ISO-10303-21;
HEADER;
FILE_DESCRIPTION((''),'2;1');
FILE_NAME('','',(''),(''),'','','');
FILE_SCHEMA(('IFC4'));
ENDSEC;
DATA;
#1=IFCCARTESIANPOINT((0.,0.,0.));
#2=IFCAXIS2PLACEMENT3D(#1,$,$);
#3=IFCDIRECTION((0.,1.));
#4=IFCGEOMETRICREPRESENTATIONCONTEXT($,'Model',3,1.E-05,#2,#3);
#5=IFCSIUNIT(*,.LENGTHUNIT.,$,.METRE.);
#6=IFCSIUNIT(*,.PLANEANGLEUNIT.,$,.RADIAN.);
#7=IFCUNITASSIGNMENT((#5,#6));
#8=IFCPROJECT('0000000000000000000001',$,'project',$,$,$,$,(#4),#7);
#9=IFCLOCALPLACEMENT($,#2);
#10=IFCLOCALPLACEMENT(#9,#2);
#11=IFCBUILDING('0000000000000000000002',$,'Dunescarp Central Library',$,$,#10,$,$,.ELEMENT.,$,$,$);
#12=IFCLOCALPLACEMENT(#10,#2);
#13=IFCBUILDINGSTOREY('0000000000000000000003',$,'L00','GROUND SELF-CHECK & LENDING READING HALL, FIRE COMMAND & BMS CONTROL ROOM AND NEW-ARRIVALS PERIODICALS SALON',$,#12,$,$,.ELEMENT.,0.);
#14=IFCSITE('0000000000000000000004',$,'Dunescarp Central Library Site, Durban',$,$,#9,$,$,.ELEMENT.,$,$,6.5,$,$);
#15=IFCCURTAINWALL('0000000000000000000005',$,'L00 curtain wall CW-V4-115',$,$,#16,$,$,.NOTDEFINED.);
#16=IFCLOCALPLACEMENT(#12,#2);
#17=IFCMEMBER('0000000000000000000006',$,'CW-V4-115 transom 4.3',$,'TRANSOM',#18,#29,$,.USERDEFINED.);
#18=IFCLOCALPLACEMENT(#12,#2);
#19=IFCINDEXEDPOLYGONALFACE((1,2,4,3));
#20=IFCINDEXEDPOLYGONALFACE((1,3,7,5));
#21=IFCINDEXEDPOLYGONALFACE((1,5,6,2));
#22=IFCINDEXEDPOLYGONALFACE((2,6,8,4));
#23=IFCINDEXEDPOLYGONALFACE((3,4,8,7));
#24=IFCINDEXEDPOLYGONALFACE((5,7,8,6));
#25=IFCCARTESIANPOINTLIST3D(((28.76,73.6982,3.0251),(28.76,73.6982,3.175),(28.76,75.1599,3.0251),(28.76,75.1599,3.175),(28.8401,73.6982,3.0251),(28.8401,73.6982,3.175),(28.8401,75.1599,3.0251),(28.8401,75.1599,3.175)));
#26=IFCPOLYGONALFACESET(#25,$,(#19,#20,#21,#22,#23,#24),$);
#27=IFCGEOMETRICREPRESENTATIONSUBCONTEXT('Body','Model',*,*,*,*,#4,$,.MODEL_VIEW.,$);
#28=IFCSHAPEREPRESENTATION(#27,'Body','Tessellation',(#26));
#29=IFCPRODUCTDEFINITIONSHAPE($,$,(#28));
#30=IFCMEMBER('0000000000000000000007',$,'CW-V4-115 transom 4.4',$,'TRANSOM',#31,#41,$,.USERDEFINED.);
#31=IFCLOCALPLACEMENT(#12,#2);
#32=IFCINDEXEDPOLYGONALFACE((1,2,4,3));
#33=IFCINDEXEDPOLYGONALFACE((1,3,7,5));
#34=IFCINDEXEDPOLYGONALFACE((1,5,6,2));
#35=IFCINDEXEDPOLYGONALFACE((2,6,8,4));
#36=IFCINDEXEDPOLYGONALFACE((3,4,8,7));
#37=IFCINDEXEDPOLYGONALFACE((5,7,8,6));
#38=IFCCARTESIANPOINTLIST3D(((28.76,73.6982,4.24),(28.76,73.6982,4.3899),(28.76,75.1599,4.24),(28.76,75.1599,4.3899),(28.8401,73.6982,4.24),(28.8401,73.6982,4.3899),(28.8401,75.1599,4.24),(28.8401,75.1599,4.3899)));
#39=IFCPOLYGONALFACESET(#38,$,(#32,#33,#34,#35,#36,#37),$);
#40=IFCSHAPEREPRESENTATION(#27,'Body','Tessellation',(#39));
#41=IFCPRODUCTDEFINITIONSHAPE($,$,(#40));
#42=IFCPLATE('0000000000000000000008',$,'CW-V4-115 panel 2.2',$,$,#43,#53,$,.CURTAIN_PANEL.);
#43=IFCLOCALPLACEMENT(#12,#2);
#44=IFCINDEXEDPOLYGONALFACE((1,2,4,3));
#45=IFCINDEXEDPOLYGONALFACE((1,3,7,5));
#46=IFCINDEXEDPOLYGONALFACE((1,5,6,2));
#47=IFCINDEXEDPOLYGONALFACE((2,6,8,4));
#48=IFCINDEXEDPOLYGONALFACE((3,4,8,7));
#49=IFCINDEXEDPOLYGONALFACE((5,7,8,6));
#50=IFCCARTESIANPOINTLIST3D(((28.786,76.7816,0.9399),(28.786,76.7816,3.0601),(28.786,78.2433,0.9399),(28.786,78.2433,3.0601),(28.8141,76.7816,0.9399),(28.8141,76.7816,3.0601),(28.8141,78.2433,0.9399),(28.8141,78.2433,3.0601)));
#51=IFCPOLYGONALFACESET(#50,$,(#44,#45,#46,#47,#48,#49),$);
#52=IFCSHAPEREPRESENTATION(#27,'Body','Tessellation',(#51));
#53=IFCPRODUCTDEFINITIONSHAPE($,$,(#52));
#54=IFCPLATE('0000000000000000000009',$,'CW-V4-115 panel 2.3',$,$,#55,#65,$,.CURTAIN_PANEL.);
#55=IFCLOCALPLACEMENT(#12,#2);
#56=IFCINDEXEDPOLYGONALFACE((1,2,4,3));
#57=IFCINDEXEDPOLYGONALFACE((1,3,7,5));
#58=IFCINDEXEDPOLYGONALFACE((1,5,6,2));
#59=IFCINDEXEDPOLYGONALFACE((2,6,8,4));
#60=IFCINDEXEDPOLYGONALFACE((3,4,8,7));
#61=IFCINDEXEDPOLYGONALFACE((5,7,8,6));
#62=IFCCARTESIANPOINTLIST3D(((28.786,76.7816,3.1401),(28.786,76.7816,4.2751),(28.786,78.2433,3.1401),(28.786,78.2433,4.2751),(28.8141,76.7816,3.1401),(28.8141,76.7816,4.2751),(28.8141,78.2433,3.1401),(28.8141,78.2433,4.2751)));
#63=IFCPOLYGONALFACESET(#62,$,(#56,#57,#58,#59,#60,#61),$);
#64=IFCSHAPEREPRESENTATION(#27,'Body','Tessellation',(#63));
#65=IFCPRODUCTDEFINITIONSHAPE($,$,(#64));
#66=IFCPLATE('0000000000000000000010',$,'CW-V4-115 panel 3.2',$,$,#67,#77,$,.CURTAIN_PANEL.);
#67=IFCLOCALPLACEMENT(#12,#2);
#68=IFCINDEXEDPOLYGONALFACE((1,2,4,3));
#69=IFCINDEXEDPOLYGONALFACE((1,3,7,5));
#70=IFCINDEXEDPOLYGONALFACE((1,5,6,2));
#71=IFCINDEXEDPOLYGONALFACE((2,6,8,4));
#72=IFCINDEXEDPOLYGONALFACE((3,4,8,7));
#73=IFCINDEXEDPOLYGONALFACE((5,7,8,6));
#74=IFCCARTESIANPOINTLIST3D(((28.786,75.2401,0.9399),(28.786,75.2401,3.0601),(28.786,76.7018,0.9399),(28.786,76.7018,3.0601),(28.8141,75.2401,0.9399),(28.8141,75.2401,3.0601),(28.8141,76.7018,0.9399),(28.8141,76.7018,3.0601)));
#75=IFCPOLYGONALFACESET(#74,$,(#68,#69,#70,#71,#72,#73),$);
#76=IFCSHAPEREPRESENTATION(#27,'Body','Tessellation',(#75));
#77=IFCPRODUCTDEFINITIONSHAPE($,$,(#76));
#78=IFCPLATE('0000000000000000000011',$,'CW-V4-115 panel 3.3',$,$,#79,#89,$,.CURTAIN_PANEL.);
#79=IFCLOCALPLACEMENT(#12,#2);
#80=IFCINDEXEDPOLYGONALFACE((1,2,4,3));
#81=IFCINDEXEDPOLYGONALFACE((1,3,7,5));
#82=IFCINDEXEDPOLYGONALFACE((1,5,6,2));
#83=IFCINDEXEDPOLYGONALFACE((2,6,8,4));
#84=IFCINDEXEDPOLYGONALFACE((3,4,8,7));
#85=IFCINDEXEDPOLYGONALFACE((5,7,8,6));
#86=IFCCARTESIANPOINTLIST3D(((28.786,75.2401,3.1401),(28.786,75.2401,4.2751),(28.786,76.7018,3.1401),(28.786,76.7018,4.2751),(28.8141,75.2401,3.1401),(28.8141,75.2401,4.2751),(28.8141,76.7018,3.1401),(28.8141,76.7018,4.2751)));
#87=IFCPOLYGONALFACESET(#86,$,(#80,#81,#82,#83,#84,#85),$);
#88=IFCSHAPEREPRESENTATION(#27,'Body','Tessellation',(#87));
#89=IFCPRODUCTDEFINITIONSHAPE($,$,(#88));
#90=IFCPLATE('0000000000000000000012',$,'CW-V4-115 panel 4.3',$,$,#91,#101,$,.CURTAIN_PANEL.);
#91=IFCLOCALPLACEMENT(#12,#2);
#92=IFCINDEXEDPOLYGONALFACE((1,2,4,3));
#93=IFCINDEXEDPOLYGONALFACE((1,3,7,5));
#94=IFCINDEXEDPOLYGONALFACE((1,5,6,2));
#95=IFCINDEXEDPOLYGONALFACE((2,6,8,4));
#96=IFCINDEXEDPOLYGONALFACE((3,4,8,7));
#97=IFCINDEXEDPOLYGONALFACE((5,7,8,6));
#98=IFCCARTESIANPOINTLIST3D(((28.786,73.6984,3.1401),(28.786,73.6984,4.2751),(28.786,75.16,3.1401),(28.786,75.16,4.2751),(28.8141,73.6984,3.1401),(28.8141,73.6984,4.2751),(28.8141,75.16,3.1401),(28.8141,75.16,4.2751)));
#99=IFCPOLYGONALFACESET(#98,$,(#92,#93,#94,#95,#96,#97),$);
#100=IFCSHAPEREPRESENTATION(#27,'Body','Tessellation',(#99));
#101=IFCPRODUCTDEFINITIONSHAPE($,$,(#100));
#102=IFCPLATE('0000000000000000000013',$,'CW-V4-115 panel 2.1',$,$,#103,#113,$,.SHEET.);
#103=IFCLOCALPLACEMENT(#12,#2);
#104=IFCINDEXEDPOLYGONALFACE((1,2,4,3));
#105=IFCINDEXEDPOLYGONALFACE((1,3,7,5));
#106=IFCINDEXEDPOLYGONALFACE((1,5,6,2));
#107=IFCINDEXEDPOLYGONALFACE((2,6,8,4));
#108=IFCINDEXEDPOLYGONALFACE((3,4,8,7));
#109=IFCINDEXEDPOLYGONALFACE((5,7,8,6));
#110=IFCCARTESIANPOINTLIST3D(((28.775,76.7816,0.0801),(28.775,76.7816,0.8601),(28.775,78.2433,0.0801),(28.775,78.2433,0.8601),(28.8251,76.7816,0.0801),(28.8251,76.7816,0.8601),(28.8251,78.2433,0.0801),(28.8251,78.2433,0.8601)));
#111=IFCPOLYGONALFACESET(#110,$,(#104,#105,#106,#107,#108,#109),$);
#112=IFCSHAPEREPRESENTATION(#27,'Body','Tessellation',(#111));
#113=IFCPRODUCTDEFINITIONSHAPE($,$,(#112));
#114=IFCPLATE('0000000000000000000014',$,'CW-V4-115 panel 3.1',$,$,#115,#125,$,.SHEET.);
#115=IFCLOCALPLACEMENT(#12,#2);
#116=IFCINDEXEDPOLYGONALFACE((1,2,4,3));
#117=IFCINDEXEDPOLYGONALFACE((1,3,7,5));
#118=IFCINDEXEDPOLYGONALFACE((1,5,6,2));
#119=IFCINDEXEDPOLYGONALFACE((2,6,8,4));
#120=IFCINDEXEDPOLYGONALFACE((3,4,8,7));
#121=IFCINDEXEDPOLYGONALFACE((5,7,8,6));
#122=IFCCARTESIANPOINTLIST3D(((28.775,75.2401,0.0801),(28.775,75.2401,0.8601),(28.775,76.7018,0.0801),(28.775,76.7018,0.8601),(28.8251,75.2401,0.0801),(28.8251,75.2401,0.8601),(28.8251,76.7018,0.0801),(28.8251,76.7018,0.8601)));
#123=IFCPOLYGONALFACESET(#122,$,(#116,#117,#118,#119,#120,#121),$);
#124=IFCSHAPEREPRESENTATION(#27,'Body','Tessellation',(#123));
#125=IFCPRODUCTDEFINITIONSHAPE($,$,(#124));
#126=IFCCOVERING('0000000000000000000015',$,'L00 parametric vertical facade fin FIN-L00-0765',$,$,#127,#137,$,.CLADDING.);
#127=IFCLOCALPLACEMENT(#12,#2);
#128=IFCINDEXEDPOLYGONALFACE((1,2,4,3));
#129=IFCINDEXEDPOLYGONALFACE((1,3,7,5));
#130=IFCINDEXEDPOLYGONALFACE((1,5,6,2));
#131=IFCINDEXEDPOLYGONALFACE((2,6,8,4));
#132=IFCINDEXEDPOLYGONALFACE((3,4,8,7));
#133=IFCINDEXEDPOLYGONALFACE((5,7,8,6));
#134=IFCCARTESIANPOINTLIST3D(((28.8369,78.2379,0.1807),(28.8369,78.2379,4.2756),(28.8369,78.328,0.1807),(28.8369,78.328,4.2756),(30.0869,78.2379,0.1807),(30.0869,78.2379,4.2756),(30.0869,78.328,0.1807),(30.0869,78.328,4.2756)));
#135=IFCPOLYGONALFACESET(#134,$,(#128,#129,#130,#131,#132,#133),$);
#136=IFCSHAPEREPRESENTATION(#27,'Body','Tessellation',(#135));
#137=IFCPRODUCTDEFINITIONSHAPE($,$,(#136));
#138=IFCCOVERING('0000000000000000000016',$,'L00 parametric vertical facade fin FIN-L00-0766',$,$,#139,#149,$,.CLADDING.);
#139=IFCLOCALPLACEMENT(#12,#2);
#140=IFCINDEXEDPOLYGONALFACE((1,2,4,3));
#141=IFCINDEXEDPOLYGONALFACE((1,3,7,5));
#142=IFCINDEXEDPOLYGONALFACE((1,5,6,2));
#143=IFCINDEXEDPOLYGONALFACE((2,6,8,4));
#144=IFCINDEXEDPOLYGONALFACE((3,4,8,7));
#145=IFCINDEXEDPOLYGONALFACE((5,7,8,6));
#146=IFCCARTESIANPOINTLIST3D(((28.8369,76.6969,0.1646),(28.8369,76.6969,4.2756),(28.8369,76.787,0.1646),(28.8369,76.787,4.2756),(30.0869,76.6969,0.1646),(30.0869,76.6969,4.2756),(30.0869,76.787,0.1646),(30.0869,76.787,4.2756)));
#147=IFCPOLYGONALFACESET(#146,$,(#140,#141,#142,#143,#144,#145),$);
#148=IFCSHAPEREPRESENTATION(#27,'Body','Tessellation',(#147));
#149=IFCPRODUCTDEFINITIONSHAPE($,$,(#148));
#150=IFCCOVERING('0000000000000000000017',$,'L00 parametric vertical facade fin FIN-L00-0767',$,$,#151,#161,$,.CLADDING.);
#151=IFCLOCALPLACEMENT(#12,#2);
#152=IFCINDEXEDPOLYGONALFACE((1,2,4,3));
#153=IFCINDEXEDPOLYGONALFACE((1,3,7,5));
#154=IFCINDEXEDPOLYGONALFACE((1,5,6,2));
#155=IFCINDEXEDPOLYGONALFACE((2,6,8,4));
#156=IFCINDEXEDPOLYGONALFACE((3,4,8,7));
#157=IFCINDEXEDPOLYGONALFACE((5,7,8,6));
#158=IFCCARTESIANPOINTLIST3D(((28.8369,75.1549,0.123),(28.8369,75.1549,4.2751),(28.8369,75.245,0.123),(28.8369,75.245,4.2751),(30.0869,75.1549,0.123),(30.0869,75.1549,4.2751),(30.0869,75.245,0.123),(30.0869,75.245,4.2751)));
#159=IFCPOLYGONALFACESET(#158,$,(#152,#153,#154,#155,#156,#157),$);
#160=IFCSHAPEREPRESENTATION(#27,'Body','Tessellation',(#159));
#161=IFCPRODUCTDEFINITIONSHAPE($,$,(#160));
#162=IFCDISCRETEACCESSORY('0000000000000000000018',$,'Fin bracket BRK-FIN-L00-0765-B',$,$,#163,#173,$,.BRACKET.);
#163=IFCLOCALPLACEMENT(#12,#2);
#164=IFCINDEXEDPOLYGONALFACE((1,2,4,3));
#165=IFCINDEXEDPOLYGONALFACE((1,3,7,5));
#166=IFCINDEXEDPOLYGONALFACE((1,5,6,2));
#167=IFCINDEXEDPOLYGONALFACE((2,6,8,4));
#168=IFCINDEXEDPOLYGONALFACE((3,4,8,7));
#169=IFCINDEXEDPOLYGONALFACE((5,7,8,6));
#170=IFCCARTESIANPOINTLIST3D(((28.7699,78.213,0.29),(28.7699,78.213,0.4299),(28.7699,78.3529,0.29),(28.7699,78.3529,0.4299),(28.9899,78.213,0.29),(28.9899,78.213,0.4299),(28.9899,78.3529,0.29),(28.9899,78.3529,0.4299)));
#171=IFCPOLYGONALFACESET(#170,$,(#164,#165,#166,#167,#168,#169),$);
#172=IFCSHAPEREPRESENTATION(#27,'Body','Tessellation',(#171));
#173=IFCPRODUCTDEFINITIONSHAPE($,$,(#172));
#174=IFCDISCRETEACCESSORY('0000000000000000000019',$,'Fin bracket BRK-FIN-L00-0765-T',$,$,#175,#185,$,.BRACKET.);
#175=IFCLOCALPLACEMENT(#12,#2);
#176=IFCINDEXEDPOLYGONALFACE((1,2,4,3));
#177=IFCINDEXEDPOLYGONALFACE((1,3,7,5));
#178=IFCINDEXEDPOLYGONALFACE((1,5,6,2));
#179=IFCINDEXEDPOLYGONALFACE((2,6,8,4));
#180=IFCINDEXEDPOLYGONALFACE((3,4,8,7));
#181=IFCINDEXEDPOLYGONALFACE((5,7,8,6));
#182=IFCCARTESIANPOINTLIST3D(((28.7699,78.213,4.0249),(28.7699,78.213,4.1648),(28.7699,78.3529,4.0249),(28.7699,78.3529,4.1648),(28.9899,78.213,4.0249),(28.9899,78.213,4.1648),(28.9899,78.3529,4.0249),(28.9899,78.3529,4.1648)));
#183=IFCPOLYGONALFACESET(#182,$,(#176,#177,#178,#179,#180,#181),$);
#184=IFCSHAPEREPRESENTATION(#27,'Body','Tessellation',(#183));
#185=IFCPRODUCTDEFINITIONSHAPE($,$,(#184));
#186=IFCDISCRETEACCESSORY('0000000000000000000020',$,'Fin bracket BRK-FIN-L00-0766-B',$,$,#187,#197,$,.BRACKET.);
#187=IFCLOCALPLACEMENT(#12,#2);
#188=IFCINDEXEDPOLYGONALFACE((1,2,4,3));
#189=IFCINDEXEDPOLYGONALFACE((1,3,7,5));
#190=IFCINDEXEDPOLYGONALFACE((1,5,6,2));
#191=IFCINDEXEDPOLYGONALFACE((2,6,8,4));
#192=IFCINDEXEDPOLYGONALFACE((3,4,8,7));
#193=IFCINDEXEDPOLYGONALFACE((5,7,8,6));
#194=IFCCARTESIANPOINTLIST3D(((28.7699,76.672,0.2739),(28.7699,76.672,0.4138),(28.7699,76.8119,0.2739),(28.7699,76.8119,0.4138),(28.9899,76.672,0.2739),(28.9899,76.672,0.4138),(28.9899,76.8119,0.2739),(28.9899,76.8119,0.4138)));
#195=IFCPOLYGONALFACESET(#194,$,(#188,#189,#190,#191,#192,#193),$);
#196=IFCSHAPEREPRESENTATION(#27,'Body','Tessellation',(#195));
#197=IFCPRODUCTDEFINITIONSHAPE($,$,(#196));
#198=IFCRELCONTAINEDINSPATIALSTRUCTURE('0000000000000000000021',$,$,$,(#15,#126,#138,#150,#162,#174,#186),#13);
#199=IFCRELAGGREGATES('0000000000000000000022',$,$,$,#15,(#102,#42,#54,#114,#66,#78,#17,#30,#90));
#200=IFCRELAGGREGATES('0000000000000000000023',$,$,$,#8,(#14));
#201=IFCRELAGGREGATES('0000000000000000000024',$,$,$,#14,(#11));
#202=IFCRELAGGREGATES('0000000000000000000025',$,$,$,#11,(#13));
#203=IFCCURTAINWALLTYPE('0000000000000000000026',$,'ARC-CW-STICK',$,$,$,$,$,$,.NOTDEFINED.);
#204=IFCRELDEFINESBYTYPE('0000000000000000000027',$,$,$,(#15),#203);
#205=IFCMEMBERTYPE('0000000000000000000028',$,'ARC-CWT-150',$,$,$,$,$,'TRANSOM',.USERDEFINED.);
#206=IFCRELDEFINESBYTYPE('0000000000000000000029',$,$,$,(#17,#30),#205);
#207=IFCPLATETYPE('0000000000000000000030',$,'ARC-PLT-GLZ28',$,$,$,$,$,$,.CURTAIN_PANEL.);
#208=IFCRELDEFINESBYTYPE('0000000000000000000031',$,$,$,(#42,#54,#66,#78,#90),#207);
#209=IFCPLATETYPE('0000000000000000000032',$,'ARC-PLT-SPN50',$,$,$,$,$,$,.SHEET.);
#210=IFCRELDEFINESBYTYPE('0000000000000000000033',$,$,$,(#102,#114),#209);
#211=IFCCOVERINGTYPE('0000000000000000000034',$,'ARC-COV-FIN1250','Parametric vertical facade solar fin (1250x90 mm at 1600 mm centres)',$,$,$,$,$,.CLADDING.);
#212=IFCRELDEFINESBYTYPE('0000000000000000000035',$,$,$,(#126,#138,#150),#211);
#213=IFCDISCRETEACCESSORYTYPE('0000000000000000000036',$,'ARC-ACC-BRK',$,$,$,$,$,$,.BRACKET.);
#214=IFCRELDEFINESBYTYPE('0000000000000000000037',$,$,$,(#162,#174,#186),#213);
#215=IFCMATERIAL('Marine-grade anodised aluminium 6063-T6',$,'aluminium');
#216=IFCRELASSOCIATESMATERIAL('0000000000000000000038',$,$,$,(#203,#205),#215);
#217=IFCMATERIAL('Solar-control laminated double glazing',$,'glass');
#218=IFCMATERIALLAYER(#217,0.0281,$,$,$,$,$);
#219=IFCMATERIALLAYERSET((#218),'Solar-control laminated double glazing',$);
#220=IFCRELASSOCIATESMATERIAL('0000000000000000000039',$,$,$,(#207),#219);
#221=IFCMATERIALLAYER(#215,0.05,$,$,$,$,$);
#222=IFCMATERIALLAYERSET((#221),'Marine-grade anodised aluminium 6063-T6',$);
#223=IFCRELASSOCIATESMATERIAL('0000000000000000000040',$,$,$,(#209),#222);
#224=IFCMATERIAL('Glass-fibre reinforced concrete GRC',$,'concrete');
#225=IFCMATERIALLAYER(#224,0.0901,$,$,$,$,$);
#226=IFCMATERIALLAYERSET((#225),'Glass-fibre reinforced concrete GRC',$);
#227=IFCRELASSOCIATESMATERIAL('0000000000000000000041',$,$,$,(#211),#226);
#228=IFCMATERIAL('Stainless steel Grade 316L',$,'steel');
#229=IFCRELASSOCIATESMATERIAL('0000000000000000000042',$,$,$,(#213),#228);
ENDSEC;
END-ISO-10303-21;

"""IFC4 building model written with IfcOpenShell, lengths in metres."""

from ifc_helpers import new_model, si_unit, direction, frame, origin, origin_2d, place, context, subcontext, project, spatial, rectangle, extrude, material, layer, layer_set, material_profile, profile_set, type_object, element, aggregate, save


model = new_model("IFC4")

# Units and contexts
model_context = context("Model", 3, precision=1e-05, world=origin(), true_north=direction((0.0, 1.0)))
body_context = subcontext(model_context, "Body", "Model", "MODEL_VIEW")
ifc_project = project(units=[si_unit("LENGTHUNIT", "METRE"), si_unit("PLANEANGLEUNIT", "RADIAN")], contexts=[model_context])

# Site, building, storey
site_placement = place(None, origin())
site = spatial("IfcSite", under=ifc_project, at=site_placement, Name="Dunescarp Central Library Site, Durban", CompositionType="ELEMENT", RefElevation=6.5)
building_placement = place(site_placement, origin())
building = spatial("IfcBuilding", under=site, at=building_placement, Name="Dunescarp Central Library", CompositionType="ELEMENT")
storey_placement = place(building_placement, origin())
storey = spatial("IfcBuildingStorey", under=building, at=storey_placement, Name="L00", Description="GROUND SELF-CHECK & LENDING READING HALL, FIRE COMMAND & BMS CONTROL ROOM AND NEW-ARRIVALS PERIODICALS SALON", CompositionType="ELEMENT", Elevation=0.0)

# Curtain wall, members, plates
ifc_material_1 = material(Name="Marine-grade anodised aluminium 6063-T6", Category="aluminium")
curtain_wall_type = type_object("IfcCurtainWallType", Name="ARC-CW-STICK", PredefinedType="NOTDEFINED", material=ifc_material_1)
curtain_wall_placement = place(storey_placement, origin())
curtain_wall = element("IfcCurtainWall", 1, at=curtain_wall_placement, inside=storey, type_object=curtain_wall_type, Name="L00 curtain wall CW-V4-115", PredefinedType="NOTDEFINED")
ifc_material_profile_1 = material_profile(ifc_material_1, rectangle(XDim=0.0801, YDim=0.1499, at=origin_2d()), Name="AL 80x150")
ifc_profile_set_1 = profile_set([ifc_material_profile_1], Name="Marine-grade anodised aluminium 6063-T6")
member_type_1 = type_object("IfcMemberType", Name="ARC-CWT-150", ElementType="TRANSOM", PredefinedType="USERDEFINED", material=ifc_profile_set_1)
member_1_placement = place(storey_placement, frame((28.8, 75.1599, 3.1001), z_axis=(0.0, -1.0, 0.0), x_axis=(1.0, 0.0, 0.0)))
member_1 = element("IfcMember", 2, at=member_1_placement, type_object=member_type_1, Name="CW-V4-115 transom 4.3", ObjectType="TRANSOM", PredefinedType="USERDEFINED", context=body_context, shape_type="SweptSolid", body=[
    extrude(rectangle(XDim=0.0801, YDim=0.1499, at=origin_2d()), origin(), (0.0, 0.0, 1.0), 1.4617),
])
member_2_placement = place(storey_placement, frame((28.8, 75.1599, 4.3149), z_axis=(0.0, -1.0, 0.0), x_axis=(1.0, 0.0, 0.0)))
member_2 = element("IfcMember", 3, at=member_2_placement, type_object=member_type_1, Name="CW-V4-115 transom 4.4", ObjectType="TRANSOM", PredefinedType="USERDEFINED", context=body_context, shape_type="SweptSolid", body=[
    extrude(rectangle(XDim=0.0801, YDim=0.1499, at=origin_2d()), origin(), (0.0, 0.0, 1.0), 1.4617),
])
ifc_material_2 = material(Name="Solar-control laminated double glazing", Category="glass")
ifc_layer_1 = layer(ifc_material_2, 0.0281)
ifc_layer_set_1 = layer_set([ifc_layer_1], Name="Solar-control laminated double glazing")
plate_type_1 = type_object("IfcPlateType", Name="ARC-PLT-GLZ28", PredefinedType="CURTAIN_PANEL", material=ifc_layer_set_1)
plate_1_placement = place(storey_placement, frame((28.8, 77.5125, 0.9399), z_axis=(0.0, 0.0, 1.0), x_axis=(0.0, -1.0, 0.0)))
plate_1 = element("IfcPlate", 4, at=plate_1_placement, type_object=plate_type_1, Name="CW-V4-115 panel 2.2", PredefinedType="CURTAIN_PANEL", context=body_context, shape_type="SweptSolid", body=[
    extrude(rectangle(XDim=1.4617, YDim=0.0281, at=origin_2d()), origin(), (0.0, 0.0, 1.0), 2.1201),
])
plate_2_placement = place(storey_placement, frame((28.8, 77.5125, 3.1401), z_axis=(0.0, 0.0, 1.0), x_axis=(0.0, -1.0, 0.0)))
plate_2 = element("IfcPlate", 5, at=plate_2_placement, type_object=plate_type_1, Name="CW-V4-115 panel 2.3", PredefinedType="CURTAIN_PANEL", context=body_context, shape_type="SweptSolid", body=[
    extrude(rectangle(XDim=1.4617, YDim=0.0281, at=origin_2d()), origin(), (0.0, 0.0, 1.0), 1.135),
])
plate_3_placement = place(storey_placement, frame((28.8, 75.9709, 0.9399), z_axis=(0.0, 0.0, 1.0), x_axis=(0.0, -1.0, 0.0)))
plate_3 = element("IfcPlate", 6, at=plate_3_placement, type_object=plate_type_1, Name="CW-V4-115 panel 3.2", PredefinedType="CURTAIN_PANEL", context=body_context, shape_type="SweptSolid", body=[
    extrude(rectangle(XDim=1.4617, YDim=0.0281, at=origin_2d()), origin(), (0.0, 0.0, 1.0), 2.1201),
])
plate_4_placement = place(storey_placement, frame((28.8, 75.9709, 3.1401), z_axis=(0.0, 0.0, 1.0), x_axis=(0.0, -1.0, 0.0)))
plate_4 = element("IfcPlate", 7, at=plate_4_placement, type_object=plate_type_1, Name="CW-V4-115 panel 3.3", PredefinedType="CURTAIN_PANEL", context=body_context, shape_type="SweptSolid", body=[
    extrude(rectangle(XDim=1.4617, YDim=0.0281, at=origin_2d()), origin(), (0.0, 0.0, 1.0), 1.135),
])
plate_5_placement = place(storey_placement, frame((28.8, 74.4292, 3.1401), z_axis=(0.0, 0.0, 1.0), x_axis=(0.0, -1.0, 0.0)))
plate_5 = element("IfcPlate", 8, at=plate_5_placement, type_object=plate_type_1, Name="CW-V4-115 panel 4.3", PredefinedType="CURTAIN_PANEL", context=body_context, shape_type="SweptSolid", body=[
    extrude(rectangle(XDim=1.4617, YDim=0.0281, at=origin_2d()), origin(), (0.0, 0.0, 1.0), 1.135),
])
ifc_layer_2 = layer(ifc_material_1, 0.05)
ifc_layer_set_2 = layer_set([ifc_layer_2], Name="Marine-grade anodised aluminium 6063-T6")
plate_type_2 = type_object("IfcPlateType", Name="ARC-PLT-SPN50", PredefinedType="SHEET", material=ifc_layer_set_2)
plate_6_placement = place(storey_placement, frame((28.8, 77.5125, 0.0801), z_axis=(0.0, 0.0, 1.0), x_axis=(0.0, -1.0, 0.0)))
plate_6 = element("IfcPlate", 9, at=plate_6_placement, type_object=plate_type_2, Name="CW-V4-115 panel 2.1", PredefinedType="SHEET", context=body_context, shape_type="SweptSolid", body=[
    extrude(rectangle(XDim=1.4617, YDim=0.05, at=origin_2d()), origin(), (0.0, 0.0, 1.0), 0.78),
])
plate_7_placement = place(storey_placement, frame((28.8, 75.9709, 0.0801), z_axis=(0.0, 0.0, 1.0), x_axis=(0.0, -1.0, 0.0)))
plate_7 = element("IfcPlate", 10, at=plate_7_placement, type_object=plate_type_2, Name="CW-V4-115 panel 3.1", PredefinedType="SHEET", context=body_context, shape_type="SweptSolid", body=[
    extrude(rectangle(XDim=1.4617, YDim=0.05, at=origin_2d()), origin(), (0.0, 0.0, 1.0), 0.78),
])
aggregate(curtain_wall, [plate_6, plate_1, plate_2, plate_7, plate_3, plate_4, member_1, member_2, plate_5])

# Coverings
ifc_material_3 = material(Name="Glass-fibre reinforced concrete GRC", Category="concrete")
ifc_layer_3 = layer(ifc_material_3, 0.0901)
ifc_layer_set_3 = layer_set([ifc_layer_3], Name="Glass-fibre reinforced concrete GRC")
covering_type = type_object("IfcCoveringType", Name="ARC-COV-FIN1250", Description="Parametric vertical facade solar fin (1250x90 mm at 1600 mm centres)", PredefinedType="CLADDING", material=ifc_layer_set_3)
covering_1_placement = place(storey_placement, frame((29.4619, 78.283, 0.1807), z_axis=(0.0, 0.0, 1.0), x_axis=(1.0, 0.0, 0.0)))
element("IfcCovering", 11, at=covering_1_placement, inside=storey, type_object=covering_type, Name="L00 parametric vertical facade fin FIN-L00-0765", PredefinedType="CLADDING", context=body_context, shape_type="SweptSolid", body=[
    extrude(rectangle(XDim=1.25, YDim=0.0901, at=origin_2d()), origin(), (0.0, 0.0, 1.0), 4.095),
])
covering_2_placement = place(storey_placement, frame((29.4619, 76.7419, 0.1646), z_axis=(0.0, 0.0, 1.0), x_axis=(1.0, 0.0, 0.0)))
element("IfcCovering", 12, at=covering_2_placement, inside=storey, type_object=covering_type, Name="L00 parametric vertical facade fin FIN-L00-0766", PredefinedType="CLADDING", context=body_context, shape_type="SweptSolid", body=[
    extrude(rectangle(XDim=1.25, YDim=0.0901, at=origin_2d()), origin(), (0.0, 0.0, 1.0), 4.1111),
])
covering_3_placement = place(storey_placement, frame((29.4619, 75.2, 0.123), z_axis=(0.0, 0.0, 1.0), x_axis=(1.0, 0.0, 0.0)))
element("IfcCovering", 13, at=covering_3_placement, inside=storey, type_object=covering_type, Name="L00 parametric vertical facade fin FIN-L00-0767", PredefinedType="CLADDING", context=body_context, shape_type="SweptSolid", body=[
    extrude(rectangle(XDim=1.25, YDim=0.0901, at=origin_2d()), origin(), (0.0, 0.0, 1.0), 4.1521),
])

# Discrete accessories
ifc_material_4 = material(Name="Stainless steel Grade 316L", Category="steel")
discrete_accessory_type = type_object("IfcDiscreteAccessoryType", Name="ARC-ACC-BRK", PredefinedType="BRACKET", material=ifc_material_4)
for number, where, z_axis, x_axis, name in (
    (14, (28.8799, 78.283, 0.29), (0.0, 0.0, 1.0), (1.0, 0.0, 0.0), "Fin bracket BRK-FIN-L00-0765-B"),
    (15, (28.8799, 78.283, 4.0249), (0.0, 0.0, 1.0), (1.0, 0.0, 0.0), "Fin bracket BRK-FIN-L00-0765-T"),
    (16, (28.8799, 76.7419, 0.2739), (0.0, 0.0, 1.0), (1.0, 0.0, 0.0), "Fin bracket BRK-FIN-L00-0766-B"),
):
    element("IfcDiscreteAccessory", number, at=place(storey_placement, frame(where, z_axis=z_axis, x_axis=x_axis)), inside=storey, type_object=discrete_accessory_type, Name=name, PredefinedType="BRACKET", context=body_context, shape_type="SweptSolid", body=[
        extrude(rectangle(XDim=0.22, YDim=0.1399, at=origin_2d()), origin(), (0.0, 0.0, 1.0), 0.1399),
    ])

save(model, "model.ifc")
